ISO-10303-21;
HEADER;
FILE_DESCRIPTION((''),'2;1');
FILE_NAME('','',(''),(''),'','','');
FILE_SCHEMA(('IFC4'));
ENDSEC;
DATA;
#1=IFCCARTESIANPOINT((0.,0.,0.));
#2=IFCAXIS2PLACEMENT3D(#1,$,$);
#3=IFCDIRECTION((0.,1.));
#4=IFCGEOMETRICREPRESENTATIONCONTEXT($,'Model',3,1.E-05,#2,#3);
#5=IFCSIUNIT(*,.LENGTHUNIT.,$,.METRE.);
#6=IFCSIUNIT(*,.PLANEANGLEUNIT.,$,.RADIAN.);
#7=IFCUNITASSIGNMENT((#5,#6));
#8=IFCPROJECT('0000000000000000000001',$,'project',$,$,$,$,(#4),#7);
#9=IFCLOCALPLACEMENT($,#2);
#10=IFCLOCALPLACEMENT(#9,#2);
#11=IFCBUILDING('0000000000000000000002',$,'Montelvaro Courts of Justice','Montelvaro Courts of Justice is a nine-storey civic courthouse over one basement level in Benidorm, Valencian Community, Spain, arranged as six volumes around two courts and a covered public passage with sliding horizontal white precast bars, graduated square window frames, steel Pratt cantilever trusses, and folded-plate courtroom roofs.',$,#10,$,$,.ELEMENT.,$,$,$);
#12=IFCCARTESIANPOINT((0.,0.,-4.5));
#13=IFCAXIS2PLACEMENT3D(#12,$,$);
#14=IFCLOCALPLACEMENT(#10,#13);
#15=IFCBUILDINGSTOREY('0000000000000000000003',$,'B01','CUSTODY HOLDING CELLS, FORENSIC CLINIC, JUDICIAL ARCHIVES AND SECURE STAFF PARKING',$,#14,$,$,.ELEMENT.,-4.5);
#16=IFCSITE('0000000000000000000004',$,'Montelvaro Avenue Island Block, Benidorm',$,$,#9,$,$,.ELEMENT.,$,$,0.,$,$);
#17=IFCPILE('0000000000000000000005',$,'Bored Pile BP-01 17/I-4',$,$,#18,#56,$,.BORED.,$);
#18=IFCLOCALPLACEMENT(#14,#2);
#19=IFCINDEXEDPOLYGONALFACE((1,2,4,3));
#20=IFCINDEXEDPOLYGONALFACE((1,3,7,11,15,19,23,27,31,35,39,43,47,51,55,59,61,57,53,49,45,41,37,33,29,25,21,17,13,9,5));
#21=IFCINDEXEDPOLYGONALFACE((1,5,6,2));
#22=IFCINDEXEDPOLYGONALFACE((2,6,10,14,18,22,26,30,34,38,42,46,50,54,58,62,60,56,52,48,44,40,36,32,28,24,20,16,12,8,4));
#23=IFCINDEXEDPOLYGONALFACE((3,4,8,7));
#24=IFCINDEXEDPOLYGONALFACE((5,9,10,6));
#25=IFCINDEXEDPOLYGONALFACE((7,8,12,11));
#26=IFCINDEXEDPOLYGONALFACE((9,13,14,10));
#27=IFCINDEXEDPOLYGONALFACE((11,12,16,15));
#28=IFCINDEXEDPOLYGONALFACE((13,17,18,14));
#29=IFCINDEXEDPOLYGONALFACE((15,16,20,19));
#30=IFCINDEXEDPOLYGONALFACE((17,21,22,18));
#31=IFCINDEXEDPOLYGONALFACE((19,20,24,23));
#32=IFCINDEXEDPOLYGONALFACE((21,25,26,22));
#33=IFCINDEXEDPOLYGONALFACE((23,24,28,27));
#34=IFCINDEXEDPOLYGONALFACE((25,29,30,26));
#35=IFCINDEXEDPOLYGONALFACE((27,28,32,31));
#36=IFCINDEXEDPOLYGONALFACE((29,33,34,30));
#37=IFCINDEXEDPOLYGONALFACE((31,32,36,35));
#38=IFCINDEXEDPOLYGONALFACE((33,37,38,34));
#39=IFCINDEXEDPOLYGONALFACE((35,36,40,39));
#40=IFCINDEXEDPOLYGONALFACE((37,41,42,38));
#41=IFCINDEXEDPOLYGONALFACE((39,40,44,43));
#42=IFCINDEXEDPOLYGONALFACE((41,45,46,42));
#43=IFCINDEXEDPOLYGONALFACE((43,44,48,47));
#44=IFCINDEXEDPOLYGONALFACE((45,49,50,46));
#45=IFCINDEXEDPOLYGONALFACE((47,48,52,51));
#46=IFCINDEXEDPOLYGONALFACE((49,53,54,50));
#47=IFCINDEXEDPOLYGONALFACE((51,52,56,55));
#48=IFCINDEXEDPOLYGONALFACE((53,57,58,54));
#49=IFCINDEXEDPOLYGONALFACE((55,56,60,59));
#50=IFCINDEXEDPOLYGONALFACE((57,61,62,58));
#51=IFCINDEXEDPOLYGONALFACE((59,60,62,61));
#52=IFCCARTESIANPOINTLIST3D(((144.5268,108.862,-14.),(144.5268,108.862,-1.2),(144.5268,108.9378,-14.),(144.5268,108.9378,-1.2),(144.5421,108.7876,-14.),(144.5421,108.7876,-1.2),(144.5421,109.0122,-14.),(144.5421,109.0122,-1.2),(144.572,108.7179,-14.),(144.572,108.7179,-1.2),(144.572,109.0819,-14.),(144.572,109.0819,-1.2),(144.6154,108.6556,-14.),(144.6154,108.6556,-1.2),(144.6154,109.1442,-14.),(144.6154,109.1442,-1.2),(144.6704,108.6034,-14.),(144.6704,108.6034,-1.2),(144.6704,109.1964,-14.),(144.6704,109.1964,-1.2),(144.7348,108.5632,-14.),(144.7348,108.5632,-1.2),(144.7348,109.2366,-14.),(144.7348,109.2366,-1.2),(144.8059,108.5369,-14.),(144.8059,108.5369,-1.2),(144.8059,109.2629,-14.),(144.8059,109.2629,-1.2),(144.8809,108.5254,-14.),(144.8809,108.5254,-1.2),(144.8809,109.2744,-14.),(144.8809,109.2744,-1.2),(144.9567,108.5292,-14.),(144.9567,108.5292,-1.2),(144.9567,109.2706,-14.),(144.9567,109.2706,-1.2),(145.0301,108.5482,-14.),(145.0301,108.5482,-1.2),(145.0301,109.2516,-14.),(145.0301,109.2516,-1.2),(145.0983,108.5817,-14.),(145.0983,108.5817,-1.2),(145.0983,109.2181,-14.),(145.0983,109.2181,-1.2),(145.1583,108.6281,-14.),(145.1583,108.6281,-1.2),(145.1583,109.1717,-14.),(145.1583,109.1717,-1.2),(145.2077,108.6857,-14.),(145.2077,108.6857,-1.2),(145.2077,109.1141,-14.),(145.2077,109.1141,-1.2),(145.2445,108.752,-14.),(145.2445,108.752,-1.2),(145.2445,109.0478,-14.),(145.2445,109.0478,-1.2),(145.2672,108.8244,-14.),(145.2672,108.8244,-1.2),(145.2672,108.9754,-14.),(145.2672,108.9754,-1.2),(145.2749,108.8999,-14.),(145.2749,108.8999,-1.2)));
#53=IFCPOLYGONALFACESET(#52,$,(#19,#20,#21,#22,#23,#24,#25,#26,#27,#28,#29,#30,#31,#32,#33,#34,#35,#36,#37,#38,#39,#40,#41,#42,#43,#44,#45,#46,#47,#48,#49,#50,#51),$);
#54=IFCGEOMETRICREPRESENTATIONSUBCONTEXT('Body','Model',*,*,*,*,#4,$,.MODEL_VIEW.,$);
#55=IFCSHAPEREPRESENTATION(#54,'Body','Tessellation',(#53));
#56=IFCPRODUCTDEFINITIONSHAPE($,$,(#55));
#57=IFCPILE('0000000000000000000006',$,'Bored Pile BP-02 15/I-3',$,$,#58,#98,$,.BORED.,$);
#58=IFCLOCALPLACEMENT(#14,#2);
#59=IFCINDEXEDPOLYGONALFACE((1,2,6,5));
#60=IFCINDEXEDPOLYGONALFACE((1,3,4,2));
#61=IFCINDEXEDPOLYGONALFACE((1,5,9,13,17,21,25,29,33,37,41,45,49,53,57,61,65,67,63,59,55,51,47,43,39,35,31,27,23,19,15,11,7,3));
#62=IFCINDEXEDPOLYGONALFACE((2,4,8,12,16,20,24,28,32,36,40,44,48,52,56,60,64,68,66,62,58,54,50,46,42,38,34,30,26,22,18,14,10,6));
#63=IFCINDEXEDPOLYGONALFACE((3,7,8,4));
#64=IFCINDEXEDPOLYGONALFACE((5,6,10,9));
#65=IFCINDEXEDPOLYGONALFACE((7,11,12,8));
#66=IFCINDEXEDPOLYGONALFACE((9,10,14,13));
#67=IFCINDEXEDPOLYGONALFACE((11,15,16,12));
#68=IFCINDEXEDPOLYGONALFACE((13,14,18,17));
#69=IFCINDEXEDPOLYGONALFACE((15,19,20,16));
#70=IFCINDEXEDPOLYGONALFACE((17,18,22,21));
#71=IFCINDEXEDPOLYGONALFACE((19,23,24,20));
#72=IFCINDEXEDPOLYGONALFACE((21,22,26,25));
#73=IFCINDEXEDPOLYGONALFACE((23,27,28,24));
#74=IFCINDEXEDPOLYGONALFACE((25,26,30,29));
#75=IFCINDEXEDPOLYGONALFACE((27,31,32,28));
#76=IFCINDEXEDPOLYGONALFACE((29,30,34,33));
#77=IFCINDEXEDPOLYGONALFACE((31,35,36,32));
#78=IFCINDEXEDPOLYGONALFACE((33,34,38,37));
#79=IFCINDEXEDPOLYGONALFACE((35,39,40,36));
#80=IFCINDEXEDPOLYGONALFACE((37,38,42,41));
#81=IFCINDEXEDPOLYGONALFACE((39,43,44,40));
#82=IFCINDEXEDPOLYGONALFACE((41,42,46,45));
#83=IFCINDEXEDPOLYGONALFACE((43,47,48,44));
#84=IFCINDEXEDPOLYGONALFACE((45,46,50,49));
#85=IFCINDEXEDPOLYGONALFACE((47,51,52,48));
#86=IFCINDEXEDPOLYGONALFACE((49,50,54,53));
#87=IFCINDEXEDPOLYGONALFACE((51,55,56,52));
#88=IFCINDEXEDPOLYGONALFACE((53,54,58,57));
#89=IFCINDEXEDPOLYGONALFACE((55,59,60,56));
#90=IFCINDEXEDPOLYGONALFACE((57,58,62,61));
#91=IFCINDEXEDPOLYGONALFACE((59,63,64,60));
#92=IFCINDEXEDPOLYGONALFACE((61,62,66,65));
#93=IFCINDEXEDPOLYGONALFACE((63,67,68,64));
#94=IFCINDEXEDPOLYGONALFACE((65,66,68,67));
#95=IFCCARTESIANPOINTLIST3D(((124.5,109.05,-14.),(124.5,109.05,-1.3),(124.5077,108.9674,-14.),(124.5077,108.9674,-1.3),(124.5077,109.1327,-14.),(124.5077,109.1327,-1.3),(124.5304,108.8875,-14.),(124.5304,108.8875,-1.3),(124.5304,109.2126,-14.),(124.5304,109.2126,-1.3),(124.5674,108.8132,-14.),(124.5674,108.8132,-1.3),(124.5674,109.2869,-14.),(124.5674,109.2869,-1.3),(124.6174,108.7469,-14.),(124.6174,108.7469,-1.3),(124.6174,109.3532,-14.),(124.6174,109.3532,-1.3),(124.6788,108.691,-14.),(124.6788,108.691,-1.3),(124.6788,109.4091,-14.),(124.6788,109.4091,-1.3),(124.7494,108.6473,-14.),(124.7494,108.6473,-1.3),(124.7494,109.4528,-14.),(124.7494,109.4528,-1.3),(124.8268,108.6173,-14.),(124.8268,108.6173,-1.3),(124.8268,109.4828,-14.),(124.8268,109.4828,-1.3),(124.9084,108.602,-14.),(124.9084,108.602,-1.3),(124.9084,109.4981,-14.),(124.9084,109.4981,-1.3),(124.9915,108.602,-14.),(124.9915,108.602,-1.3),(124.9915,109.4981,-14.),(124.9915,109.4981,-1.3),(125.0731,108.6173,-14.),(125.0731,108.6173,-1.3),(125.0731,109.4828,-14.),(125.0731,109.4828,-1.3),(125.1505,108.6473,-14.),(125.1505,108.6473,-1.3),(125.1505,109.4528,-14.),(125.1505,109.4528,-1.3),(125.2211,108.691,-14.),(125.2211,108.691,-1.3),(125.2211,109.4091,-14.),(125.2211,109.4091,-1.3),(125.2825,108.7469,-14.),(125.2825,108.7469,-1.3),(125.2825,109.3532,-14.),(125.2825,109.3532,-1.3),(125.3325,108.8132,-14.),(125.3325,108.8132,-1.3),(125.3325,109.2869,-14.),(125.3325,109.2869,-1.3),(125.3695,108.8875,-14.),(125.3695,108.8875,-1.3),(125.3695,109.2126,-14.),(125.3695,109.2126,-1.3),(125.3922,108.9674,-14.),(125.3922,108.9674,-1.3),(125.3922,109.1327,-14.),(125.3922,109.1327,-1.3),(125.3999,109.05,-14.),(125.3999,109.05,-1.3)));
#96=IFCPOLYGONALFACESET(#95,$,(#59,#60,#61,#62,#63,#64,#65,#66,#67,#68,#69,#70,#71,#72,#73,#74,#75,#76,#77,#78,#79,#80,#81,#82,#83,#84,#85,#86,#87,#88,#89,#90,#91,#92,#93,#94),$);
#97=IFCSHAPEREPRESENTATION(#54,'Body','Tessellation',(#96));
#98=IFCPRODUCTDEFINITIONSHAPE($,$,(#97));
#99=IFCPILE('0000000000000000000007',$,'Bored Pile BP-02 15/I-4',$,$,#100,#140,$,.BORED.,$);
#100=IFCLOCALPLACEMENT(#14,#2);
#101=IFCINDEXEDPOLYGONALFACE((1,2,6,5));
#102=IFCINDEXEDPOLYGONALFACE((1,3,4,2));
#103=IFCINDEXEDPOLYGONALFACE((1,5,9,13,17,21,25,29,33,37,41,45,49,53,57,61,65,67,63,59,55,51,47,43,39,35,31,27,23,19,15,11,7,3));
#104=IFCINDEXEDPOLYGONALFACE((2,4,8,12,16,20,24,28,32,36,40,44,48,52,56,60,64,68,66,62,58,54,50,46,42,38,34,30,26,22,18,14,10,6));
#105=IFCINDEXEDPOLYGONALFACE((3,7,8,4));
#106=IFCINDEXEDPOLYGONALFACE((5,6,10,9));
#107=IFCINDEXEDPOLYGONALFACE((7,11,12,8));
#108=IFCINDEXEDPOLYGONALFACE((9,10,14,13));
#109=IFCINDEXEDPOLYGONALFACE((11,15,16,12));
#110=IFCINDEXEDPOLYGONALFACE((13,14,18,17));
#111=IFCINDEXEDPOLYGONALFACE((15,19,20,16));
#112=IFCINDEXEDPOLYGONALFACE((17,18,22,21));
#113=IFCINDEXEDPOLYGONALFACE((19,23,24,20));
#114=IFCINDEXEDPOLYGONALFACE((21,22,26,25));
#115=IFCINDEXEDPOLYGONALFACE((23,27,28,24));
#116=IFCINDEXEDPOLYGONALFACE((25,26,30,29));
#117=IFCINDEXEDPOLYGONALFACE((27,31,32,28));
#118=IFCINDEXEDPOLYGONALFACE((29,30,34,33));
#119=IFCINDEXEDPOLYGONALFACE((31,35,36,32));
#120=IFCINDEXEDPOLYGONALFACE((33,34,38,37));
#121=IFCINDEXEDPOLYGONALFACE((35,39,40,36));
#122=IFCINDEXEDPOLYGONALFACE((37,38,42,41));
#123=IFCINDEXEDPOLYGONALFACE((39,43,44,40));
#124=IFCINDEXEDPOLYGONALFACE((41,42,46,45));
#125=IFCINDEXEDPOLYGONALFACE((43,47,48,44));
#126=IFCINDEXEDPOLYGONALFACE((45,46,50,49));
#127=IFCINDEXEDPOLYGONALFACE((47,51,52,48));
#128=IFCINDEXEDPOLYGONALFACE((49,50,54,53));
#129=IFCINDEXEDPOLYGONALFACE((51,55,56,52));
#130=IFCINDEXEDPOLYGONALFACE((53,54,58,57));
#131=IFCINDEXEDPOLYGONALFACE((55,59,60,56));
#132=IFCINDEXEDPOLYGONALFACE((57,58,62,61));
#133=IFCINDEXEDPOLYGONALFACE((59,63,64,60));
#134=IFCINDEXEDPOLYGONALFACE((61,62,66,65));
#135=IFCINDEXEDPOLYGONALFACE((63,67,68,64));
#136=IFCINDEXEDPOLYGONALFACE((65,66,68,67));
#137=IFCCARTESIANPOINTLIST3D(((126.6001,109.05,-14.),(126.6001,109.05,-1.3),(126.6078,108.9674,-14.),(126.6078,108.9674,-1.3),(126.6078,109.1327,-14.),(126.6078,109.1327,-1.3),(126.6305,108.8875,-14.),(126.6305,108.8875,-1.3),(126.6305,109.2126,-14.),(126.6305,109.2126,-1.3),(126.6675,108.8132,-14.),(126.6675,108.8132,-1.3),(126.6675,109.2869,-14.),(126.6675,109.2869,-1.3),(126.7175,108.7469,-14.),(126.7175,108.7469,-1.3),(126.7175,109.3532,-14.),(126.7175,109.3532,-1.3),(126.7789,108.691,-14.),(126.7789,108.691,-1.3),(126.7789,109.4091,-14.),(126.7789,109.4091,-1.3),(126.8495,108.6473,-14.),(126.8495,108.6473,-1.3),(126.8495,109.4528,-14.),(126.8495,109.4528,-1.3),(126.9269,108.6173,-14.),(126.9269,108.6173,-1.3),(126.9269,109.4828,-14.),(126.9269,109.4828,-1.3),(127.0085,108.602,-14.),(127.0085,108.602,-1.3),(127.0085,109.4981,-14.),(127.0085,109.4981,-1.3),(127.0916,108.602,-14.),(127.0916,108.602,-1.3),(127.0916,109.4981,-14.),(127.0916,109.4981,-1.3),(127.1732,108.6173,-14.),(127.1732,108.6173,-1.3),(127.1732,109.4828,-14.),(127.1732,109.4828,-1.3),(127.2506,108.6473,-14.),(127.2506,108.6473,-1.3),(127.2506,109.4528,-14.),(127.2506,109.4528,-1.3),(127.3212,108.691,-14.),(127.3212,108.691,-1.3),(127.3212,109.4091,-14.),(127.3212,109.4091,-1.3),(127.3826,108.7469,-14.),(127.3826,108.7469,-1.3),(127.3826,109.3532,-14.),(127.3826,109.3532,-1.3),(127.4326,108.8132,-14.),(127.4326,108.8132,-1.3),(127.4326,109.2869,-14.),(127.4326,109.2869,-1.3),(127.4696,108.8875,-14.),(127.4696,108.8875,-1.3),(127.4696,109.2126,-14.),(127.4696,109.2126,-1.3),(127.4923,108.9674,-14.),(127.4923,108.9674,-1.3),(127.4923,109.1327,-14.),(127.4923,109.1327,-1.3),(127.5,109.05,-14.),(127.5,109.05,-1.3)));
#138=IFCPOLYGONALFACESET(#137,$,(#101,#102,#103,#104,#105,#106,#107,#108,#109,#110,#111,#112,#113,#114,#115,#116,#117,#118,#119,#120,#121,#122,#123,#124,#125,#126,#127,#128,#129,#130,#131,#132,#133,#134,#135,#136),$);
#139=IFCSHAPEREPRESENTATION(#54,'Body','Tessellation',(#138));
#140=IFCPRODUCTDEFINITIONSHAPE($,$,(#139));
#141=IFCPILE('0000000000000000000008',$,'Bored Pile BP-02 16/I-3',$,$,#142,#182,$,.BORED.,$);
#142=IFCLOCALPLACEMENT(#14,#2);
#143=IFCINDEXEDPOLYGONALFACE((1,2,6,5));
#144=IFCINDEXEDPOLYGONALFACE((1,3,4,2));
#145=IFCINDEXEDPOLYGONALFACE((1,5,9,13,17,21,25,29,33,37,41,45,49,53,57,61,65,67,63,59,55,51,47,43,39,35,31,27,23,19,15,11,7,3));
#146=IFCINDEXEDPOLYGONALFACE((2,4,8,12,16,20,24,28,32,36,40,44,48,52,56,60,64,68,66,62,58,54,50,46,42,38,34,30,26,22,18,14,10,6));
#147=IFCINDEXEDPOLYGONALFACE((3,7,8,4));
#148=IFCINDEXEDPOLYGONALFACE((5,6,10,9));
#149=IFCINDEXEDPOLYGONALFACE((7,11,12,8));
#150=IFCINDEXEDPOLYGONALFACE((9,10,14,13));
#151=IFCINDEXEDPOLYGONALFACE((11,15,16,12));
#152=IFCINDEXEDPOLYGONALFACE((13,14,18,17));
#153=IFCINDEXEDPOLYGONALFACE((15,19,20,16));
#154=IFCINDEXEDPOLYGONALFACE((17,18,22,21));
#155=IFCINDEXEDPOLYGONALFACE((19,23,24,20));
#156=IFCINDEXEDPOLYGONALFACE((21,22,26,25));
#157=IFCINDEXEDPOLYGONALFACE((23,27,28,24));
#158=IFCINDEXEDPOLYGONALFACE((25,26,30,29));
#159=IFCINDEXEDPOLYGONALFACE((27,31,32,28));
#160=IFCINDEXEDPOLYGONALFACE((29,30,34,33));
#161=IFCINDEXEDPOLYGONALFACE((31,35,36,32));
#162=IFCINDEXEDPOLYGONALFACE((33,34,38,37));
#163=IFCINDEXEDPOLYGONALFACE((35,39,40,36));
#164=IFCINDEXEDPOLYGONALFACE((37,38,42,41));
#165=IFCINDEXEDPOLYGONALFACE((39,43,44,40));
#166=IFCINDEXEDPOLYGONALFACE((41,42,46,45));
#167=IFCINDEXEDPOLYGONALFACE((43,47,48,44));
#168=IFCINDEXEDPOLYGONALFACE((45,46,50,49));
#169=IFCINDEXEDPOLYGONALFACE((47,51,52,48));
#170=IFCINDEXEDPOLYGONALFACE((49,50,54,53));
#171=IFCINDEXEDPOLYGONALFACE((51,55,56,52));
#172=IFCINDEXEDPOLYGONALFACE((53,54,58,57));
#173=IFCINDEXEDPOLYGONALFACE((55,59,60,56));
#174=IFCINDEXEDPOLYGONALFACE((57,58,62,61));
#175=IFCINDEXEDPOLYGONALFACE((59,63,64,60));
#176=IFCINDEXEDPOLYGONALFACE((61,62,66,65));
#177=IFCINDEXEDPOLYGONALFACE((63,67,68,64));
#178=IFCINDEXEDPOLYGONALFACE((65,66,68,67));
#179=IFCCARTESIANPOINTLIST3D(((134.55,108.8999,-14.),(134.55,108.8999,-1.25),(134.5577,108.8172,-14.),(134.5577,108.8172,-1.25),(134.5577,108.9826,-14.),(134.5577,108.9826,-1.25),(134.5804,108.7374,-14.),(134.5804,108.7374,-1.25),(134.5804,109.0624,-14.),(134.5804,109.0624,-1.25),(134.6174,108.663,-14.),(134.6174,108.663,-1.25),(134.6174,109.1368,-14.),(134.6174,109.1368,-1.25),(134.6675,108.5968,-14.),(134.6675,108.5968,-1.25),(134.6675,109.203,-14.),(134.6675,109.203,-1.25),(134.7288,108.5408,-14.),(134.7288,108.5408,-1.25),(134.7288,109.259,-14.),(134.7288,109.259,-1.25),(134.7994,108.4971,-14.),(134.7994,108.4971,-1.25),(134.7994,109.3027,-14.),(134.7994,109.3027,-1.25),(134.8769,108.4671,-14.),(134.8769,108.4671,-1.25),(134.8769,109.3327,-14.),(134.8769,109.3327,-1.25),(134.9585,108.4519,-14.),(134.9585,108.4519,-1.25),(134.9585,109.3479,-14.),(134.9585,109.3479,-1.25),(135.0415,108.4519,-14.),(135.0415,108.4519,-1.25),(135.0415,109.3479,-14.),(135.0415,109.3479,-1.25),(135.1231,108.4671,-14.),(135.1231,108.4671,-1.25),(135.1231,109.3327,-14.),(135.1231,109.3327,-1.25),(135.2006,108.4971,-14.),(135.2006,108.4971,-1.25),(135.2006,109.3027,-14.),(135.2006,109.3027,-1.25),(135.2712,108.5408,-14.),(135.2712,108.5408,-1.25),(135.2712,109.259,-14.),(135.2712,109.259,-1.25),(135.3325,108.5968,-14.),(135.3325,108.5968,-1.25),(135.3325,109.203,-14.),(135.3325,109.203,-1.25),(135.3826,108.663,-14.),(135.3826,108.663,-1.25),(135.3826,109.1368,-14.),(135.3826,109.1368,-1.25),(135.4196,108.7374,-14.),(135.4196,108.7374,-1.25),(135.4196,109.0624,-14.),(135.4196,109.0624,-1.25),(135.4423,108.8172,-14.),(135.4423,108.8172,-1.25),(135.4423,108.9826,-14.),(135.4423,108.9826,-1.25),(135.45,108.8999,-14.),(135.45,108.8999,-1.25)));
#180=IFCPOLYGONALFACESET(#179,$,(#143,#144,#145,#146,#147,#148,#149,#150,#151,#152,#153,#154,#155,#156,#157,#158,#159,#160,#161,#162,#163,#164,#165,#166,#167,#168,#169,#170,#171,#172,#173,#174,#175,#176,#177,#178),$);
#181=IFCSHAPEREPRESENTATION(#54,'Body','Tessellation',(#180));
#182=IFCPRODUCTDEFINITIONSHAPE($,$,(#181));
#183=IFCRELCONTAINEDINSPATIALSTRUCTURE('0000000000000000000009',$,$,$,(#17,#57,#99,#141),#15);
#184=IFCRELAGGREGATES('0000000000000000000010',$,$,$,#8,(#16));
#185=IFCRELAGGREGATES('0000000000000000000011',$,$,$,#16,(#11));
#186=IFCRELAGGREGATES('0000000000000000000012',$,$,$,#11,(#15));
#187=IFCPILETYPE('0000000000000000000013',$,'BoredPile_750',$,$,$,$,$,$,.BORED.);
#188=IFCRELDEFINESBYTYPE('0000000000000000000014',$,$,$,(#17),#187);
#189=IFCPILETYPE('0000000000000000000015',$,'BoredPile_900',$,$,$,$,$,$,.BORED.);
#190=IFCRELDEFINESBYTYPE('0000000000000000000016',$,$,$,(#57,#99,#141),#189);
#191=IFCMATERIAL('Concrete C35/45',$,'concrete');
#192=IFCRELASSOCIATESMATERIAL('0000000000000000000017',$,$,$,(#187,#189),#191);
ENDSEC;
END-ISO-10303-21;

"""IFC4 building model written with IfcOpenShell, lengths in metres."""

from ifc_helpers import new_model, si_unit, direction, frame, origin, origin_2d, place, context, subcontext, project, spatial, circle, extrude, material, material_profile, profile_set, type_object, element, save


model = new_model("IFC4")

# Units and contexts
model_context = context("Model", 3, precision=1e-05, world=origin(), true_north=direction((0.0, 1.0)))
body_context = subcontext(model_context, "Body", "Model", "MODEL_VIEW")
ifc_project = project(units=[si_unit("LENGTHUNIT", "METRE"), si_unit("PLANEANGLEUNIT", "RADIAN")], contexts=[model_context])

# Site, building, storey
site_placement = place(None, origin())
site = spatial("IfcSite", under=ifc_project, at=site_placement, Name="Montelvaro Avenue Island Block, Benidorm", CompositionType="ELEMENT", RefElevation=0.0)
building_placement = place(site_placement, origin())
building = spatial("IfcBuilding", under=site, at=building_placement, Name="Montelvaro Courts of Justice", Description="Montelvaro Courts of Justice is a nine-storey civic courthouse over one basement level in Benidorm, Valencian Community, Spain, arranged as six volumes around two courts and a covered public passage with sliding horizontal white precast bars, graduated square window frames, steel Pratt cantilever trusses, and folded-plate courtroom roofs.", CompositionType="ELEMENT")
storey_placement = place(building_placement, frame((0.0, 0.0, -4.5)))
storey = spatial("IfcBuildingStorey", under=building, at=storey_placement, Name="B01", Description="CUSTODY HOLDING CELLS, FORENSIC CLINIC, JUDICIAL ARCHIVES AND SECURE STAFF PARKING", CompositionType="ELEMENT", Elevation=-4.5)

# Piles
ifc_material_1 = material(Name="Concrete C35/45", Category="concrete")
ifc_material_profile_1 = material_profile(ifc_material_1, circle(Radius=0.375, at=origin_2d()), Name="BORED PILE D750")
ifc_profile_set_1 = profile_set([ifc_material_profile_1], Name="Concrete C35/45")
pile_type_1 = type_object("IfcPileType", Name="BoredPile_750", PredefinedType="BORED", material=ifc_profile_set_1)
for number, where, z_axis, x_axis, name in (
    (1, (144.8999, 108.8999, -1.2), (0.0, 0.0, -1.0), (1.0, 0.0, 0.0), "Bored Pile BP-01 17/I-4"),
):
    element("IfcPile", number, at=place(storey_placement, frame(where, z_axis=z_axis, x_axis=x_axis)), inside=storey, type_object=pile_type_1, Name=name, PredefinedType="BORED", context=body_context, shape_type="SweptSolid", body=[
        extrude(circle(Radius=0.375, at=origin_2d()), origin(), (0.0, 0.0, 1.0), 12.8),
    ])
ifc_material_profile_2 = material_profile(ifc_material_1, circle(Radius=0.45, at=origin_2d()), Name="BORED PILE D900")
ifc_profile_set_2 = profile_set([ifc_material_profile_2], Name="Concrete C35/45")
pile_type_2 = type_object("IfcPileType", Name="BoredPile_900", PredefinedType="BORED", material=ifc_profile_set_2)
for number, where, z_axis, x_axis, name in (
    (2, (124.95, 109.05, -1.3), (0.0, 0.0, -1.0), (1.0, 0.0, 0.0), "Bored Pile BP-02 15/I-3"),
    (3, (127.05, 109.05, -1.3), (0.0, 0.0, -1.0), (1.0, 0.0, 0.0), "Bored Pile BP-02 15/I-4"),
):
    element("IfcPile", number, at=place(storey_placement, frame(where, z_axis=z_axis, x_axis=x_axis)), inside=storey, type_object=pile_type_2, Name=name, PredefinedType="BORED", context=body_context, shape_type="SweptSolid", body=[
        extrude(circle(Radius=0.45, at=origin_2d()), origin(), (0.0, 0.0, 1.0), 12.7),
    ])
pile_placement = place(storey_placement, frame((135.0, 108.8999, -1.25), z_axis=(0.0, 0.0, -1.0), x_axis=(1.0, 0.0, 0.0)))
element("IfcPile", 4, at=pile_placement, inside=storey, type_object=pile_type_2, Name="Bored Pile BP-02 16/I-3", PredefinedType="BORED", context=body_context, shape_type="SweptSolid", body=[
    extrude(circle(Radius=0.45, at=origin_2d()), origin(), (0.0, 0.0, 1.0), 12.75),
])

save(model, "model.ifc")
